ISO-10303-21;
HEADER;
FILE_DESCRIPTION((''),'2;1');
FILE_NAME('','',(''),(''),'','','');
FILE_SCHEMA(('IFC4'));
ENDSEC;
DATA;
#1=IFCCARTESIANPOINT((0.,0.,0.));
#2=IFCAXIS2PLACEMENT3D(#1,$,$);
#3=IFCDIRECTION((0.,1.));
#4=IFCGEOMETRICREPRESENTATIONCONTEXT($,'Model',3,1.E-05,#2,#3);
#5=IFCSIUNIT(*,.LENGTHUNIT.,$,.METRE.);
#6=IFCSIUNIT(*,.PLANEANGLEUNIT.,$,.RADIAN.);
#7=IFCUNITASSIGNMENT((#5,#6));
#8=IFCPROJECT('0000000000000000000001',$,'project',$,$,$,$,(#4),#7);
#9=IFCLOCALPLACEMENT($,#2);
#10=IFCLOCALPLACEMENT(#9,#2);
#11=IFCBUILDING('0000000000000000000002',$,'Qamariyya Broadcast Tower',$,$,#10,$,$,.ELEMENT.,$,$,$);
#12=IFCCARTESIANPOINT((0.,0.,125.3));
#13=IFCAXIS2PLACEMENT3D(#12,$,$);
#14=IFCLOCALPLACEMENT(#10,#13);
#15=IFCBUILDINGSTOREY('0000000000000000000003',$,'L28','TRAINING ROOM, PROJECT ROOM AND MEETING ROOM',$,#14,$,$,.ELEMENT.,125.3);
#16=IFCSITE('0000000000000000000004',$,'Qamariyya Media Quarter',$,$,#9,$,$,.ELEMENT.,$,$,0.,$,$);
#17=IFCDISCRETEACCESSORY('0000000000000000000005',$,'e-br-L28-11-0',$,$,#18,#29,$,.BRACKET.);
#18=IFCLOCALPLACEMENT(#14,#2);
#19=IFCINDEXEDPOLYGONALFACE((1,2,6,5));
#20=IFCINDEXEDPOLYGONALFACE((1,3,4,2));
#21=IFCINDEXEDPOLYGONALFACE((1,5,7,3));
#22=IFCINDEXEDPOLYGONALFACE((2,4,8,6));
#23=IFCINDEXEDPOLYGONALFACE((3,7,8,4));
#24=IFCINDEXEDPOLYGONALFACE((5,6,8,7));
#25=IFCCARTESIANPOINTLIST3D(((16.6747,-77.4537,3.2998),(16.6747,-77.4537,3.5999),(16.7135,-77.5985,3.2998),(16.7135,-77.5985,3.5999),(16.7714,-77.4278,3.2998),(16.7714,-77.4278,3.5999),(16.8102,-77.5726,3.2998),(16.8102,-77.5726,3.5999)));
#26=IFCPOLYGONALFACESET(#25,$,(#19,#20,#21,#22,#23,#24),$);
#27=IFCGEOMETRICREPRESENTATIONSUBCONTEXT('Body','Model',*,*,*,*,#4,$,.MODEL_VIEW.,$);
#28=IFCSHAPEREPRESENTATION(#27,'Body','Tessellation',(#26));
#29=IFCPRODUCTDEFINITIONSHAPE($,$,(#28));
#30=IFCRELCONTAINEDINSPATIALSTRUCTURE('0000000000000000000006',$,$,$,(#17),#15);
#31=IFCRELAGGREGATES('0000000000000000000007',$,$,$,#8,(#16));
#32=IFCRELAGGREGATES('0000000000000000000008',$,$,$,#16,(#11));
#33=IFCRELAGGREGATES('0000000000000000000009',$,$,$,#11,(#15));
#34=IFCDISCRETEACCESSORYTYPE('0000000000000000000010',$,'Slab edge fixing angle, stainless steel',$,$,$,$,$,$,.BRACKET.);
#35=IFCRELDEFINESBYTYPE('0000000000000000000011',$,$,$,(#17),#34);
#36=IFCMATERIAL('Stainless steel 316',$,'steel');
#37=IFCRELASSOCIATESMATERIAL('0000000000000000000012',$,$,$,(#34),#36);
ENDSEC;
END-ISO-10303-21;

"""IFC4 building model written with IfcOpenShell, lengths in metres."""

from ifc_helpers import new_model, si_unit, direction, frame, origin, origin_2d, place, context, subcontext, project, spatial, rectangle, extrude, material, type_object, element, save


model = new_model("IFC4")

# Units and contexts
model_context = context("Model", 3, precision=1e-05, world=origin(), true_north=direction((0.0, 1.0)))
body_context = subcontext(model_context, "Body", "Model", "MODEL_VIEW")
ifc_project = project(units=[si_unit("LENGTHUNIT", "METRE"), si_unit("PLANEANGLEUNIT", "RADIAN")], contexts=[model_context])

# Site, building, storey
site_placement = place(None, origin())
site = spatial("IfcSite", under=ifc_project, at=site_placement, Name="Qamariyya Media Quarter", CompositionType="ELEMENT", RefElevation=0.0)
building_placement = place(site_placement, origin())
building = spatial("IfcBuilding", under=site, at=building_placement, Name="Qamariyya Broadcast Tower", CompositionType="ELEMENT")
storey_placement = place(building_placement, frame((0.0, 0.0, 125.3)))
storey = spatial("IfcBuildingStorey", under=building, at=storey_placement, Name="L28", Description="TRAINING ROOM, PROJECT ROOM AND MEETING ROOM", CompositionType="ELEMENT", Elevation=125.3)

# Discrete accessory
ifc_material_1 = material(Name="Stainless steel 316", Category="steel")
discrete_accessory_type = type_object("IfcDiscreteAccessoryType", Name="Slab edge fixing angle, stainless steel", PredefinedType="BRACKET", material=ifc_material_1)
discrete_accessory_placement = place(storey_placement, frame((16.7424, -77.5132, 3.2998), z_axis=(0.0, 0.0, 1.0), x_axis=(0.965926, 0.258819, 0.0)))
element("IfcDiscreteAccessory", 1, at=discrete_accessory_placement, inside=storey, type_object=discrete_accessory_type, Name="e-br-L28-11-0", PredefinedType="BRACKET", context=body_context, shape_type="SweptSolid", body=[
    extrude(rectangle(XDim=0.1001, YDim=0.1499, at=origin_2d()), origin(), (0.0, 0.0, 1.0), 0.3),
])

save(model, "model.ifc")
